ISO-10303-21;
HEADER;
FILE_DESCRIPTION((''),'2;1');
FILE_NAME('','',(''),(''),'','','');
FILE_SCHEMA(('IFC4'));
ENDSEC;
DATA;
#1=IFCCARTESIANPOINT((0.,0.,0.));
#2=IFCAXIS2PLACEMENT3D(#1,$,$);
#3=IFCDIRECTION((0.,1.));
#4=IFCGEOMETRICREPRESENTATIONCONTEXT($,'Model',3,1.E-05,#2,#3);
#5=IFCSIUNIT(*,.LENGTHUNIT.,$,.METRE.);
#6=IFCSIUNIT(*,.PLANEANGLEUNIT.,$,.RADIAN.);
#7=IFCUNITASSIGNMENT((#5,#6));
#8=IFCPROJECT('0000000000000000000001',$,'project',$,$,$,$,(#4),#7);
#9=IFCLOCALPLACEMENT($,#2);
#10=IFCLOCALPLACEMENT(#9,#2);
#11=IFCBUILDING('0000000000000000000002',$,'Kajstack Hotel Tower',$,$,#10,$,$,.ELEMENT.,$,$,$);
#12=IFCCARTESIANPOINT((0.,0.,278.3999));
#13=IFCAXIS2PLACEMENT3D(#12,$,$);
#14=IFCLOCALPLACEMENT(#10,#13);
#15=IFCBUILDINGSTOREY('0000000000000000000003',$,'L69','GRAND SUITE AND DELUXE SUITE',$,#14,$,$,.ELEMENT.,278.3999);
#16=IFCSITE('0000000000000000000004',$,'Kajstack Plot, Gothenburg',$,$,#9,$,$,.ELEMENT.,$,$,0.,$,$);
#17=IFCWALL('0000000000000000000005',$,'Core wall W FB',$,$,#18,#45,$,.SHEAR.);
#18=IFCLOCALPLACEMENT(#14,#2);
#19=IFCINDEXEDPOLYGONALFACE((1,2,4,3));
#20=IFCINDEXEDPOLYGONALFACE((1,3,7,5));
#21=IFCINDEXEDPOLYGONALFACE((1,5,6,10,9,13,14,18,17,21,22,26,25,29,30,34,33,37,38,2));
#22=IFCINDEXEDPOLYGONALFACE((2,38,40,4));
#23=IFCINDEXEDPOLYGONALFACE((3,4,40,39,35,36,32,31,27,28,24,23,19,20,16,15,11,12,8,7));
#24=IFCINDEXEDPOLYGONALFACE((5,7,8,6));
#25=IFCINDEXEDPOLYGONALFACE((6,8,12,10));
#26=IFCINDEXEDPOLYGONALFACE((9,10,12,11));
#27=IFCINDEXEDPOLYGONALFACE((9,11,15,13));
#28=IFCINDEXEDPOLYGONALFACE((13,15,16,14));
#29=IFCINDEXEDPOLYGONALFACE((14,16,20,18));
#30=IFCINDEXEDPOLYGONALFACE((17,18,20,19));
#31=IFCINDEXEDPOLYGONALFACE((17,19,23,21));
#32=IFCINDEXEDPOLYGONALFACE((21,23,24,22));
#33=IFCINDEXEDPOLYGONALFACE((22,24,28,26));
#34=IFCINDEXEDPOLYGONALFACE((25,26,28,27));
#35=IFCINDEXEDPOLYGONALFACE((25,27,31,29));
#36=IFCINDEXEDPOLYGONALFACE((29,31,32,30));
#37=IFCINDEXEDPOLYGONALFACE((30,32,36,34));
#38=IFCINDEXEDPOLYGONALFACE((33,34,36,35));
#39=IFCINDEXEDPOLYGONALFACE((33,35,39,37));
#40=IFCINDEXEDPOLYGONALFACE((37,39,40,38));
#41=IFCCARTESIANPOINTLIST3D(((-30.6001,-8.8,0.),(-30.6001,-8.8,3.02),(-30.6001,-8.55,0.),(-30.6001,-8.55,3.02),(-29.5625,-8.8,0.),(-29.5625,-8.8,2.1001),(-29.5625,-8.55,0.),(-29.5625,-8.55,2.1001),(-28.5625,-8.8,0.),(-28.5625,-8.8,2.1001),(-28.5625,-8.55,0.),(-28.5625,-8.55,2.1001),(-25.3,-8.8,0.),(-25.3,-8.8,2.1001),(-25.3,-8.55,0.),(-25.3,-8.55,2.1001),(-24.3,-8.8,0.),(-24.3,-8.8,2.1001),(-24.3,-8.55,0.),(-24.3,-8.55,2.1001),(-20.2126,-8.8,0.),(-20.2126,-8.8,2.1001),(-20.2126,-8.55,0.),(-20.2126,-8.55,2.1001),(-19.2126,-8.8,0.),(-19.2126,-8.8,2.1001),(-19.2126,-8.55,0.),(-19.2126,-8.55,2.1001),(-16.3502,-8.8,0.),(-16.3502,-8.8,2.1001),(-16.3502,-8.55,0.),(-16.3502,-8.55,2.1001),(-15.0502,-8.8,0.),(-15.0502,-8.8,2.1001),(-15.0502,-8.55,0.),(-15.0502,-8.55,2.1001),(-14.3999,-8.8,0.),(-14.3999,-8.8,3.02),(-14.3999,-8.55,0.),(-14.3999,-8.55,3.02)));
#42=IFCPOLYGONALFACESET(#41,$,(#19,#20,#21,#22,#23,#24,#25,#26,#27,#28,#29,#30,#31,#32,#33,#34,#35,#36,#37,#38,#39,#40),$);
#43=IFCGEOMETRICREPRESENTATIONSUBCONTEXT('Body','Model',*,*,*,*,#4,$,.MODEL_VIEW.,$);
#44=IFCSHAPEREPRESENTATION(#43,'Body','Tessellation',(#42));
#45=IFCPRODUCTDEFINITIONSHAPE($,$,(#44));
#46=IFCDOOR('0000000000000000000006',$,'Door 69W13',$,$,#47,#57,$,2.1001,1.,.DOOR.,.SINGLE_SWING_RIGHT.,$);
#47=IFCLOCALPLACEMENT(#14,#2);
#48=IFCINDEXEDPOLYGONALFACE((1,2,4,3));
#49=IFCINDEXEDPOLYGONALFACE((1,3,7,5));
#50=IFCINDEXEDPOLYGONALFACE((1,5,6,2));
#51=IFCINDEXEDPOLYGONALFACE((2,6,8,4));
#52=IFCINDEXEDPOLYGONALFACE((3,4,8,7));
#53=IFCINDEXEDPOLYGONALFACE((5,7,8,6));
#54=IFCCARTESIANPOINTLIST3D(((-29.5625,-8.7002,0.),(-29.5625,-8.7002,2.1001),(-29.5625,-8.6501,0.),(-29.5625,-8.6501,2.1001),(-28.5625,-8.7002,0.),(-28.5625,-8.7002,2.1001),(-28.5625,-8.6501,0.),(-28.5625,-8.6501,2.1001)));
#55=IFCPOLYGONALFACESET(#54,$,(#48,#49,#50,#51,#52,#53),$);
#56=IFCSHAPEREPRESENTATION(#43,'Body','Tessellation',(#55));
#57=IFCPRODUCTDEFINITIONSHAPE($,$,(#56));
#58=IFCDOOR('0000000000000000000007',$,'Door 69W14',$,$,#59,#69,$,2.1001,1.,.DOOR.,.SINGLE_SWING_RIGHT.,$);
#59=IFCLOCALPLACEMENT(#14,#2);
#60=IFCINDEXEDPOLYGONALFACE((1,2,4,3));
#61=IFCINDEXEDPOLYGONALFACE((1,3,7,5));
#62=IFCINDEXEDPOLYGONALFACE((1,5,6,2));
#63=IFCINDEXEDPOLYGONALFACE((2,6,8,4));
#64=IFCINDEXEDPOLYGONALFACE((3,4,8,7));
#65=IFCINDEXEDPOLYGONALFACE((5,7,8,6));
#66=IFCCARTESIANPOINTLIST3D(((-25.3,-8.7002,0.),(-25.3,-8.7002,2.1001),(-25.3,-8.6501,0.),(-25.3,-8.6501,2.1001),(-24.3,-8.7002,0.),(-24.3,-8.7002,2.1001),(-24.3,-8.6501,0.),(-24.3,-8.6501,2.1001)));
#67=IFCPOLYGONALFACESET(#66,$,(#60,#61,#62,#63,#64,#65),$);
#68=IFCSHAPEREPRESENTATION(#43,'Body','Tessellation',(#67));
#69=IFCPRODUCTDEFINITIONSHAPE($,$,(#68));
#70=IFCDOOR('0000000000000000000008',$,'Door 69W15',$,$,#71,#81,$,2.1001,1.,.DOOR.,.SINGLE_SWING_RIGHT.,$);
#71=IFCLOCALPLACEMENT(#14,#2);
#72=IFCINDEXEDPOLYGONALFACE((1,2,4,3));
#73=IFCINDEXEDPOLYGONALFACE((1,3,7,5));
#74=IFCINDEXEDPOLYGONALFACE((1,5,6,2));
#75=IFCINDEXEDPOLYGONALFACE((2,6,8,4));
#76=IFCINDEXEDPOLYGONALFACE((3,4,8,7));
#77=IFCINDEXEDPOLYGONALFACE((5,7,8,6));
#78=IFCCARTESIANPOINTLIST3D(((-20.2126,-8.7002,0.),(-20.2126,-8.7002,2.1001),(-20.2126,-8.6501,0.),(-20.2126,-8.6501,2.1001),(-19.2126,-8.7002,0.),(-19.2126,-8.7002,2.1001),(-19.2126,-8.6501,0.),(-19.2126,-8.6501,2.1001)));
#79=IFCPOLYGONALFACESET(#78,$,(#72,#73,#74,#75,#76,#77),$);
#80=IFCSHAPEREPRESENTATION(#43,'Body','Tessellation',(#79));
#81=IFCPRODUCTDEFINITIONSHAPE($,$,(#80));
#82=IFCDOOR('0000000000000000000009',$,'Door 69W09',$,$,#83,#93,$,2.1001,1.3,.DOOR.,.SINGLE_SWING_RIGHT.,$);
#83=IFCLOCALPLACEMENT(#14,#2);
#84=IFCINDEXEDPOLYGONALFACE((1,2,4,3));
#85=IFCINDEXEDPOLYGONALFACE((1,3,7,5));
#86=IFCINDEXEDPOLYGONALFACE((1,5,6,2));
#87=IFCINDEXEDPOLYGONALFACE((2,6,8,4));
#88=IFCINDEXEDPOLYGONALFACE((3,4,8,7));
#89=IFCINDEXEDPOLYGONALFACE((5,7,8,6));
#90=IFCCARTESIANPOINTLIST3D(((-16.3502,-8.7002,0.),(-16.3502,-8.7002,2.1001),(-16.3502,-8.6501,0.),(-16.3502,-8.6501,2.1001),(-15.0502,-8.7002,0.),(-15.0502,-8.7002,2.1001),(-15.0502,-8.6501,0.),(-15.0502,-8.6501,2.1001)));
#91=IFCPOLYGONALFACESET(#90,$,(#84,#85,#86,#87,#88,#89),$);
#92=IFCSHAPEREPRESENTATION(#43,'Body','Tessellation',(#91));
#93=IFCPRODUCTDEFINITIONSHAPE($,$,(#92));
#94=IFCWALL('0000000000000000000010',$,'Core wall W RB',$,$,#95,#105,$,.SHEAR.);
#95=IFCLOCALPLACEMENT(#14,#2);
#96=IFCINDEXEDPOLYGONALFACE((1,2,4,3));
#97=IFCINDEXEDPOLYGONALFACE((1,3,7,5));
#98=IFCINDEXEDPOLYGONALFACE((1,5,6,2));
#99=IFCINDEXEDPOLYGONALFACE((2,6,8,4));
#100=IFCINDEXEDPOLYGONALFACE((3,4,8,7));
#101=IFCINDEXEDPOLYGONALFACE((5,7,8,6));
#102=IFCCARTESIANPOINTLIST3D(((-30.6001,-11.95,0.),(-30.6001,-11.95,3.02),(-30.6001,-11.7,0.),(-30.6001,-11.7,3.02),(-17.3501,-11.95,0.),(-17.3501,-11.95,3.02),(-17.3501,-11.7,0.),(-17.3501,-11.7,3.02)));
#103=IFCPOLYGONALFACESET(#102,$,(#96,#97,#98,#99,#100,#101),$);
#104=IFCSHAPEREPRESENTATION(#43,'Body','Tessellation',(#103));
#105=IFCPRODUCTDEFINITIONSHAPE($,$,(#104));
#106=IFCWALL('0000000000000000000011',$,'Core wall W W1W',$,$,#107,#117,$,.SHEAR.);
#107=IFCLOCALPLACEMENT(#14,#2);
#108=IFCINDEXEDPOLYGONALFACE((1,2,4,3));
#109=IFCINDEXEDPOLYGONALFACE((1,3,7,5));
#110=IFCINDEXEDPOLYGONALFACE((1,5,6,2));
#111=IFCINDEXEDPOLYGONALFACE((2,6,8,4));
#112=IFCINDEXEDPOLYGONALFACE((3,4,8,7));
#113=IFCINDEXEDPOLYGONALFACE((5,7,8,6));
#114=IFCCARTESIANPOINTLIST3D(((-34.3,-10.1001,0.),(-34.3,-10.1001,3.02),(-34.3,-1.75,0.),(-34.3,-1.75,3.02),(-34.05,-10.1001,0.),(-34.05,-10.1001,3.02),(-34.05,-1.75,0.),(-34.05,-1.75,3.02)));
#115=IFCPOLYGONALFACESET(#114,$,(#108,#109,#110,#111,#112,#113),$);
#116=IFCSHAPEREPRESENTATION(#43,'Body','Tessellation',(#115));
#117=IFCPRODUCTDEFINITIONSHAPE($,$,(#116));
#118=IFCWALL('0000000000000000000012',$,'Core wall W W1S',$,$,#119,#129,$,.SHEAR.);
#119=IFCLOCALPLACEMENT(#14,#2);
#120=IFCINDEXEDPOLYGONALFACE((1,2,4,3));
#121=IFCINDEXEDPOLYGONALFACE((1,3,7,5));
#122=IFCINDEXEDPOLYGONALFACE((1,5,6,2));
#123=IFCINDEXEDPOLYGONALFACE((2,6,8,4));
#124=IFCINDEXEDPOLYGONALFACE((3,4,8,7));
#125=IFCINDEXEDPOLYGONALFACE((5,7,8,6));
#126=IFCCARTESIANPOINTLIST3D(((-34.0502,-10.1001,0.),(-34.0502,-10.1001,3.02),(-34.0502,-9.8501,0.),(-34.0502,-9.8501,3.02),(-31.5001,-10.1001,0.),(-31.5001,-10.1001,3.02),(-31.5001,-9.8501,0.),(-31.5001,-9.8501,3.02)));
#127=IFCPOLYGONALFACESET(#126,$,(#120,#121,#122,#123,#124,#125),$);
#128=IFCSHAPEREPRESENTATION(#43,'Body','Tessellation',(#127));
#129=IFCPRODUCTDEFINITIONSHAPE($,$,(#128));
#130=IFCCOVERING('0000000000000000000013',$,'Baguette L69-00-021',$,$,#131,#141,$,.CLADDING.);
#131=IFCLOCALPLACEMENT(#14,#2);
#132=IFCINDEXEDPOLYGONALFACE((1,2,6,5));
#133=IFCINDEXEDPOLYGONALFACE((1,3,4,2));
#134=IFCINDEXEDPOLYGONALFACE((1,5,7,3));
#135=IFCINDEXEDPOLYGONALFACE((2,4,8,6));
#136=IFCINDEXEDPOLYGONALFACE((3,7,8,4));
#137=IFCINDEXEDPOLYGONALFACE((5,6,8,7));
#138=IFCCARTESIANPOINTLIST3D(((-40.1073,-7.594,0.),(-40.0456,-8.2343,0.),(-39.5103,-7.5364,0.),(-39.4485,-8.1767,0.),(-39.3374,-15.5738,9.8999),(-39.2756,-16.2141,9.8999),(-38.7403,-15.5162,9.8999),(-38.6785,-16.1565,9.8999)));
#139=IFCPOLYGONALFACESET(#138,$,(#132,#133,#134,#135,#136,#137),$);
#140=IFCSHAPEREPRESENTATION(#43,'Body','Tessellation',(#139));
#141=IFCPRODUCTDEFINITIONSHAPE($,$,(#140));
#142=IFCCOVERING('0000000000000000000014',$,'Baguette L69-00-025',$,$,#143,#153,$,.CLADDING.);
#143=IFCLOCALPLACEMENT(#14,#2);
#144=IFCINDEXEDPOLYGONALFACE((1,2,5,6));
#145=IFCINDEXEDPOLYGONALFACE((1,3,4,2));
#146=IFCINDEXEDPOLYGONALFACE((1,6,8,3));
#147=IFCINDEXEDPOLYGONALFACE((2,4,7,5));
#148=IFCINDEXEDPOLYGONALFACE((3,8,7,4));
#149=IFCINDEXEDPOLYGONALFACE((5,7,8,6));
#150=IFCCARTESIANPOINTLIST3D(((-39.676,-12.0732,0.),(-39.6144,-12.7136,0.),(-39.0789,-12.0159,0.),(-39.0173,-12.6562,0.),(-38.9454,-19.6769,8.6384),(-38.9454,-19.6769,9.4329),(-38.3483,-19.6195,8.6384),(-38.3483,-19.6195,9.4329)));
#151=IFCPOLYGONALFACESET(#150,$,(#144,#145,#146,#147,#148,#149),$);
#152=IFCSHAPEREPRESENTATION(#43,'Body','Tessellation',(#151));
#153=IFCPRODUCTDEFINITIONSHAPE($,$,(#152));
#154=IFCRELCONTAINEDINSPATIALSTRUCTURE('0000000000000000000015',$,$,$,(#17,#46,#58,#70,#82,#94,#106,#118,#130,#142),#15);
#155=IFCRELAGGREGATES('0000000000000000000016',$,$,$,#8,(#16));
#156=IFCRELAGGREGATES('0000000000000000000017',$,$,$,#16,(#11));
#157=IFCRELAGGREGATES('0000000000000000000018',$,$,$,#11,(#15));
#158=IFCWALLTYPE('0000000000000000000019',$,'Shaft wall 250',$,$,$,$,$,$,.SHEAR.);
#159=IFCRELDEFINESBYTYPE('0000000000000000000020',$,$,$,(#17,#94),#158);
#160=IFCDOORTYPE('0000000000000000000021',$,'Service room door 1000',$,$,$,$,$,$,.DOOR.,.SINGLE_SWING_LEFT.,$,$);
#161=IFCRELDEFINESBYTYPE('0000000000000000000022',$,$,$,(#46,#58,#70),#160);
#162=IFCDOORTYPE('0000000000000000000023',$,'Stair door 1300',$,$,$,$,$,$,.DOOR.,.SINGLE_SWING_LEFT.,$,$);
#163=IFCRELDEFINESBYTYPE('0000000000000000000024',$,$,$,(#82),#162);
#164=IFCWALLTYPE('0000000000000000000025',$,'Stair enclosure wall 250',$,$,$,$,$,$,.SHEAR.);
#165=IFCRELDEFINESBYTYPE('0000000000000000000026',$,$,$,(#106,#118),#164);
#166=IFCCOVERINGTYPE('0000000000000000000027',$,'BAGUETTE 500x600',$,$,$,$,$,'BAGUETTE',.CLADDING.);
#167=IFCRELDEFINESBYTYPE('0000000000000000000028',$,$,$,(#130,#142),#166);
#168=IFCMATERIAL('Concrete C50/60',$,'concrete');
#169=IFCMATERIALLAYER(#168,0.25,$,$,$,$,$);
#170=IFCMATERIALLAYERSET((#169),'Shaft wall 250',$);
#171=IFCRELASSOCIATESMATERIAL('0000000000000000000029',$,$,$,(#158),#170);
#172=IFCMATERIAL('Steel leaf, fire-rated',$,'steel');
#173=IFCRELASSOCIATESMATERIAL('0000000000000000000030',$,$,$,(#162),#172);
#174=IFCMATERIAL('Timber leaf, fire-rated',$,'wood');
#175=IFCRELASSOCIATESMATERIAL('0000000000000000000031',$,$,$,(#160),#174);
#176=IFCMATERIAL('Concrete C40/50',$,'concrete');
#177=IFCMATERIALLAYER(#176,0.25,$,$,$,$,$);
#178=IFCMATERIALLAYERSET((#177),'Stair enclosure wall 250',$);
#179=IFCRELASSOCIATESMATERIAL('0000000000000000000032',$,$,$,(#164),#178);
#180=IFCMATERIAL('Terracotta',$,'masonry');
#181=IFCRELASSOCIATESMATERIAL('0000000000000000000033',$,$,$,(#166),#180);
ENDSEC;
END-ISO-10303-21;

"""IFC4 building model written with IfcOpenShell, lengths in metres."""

from ifc_helpers import new_model, si_unit, direction, frame, frame_2d, origin, origin_2d, place, context, subcontext, project, spatial, polyline, rectangle, outline, extrude, material, layer, layer_set, material_profile, profile_set, type_object, element, fill, save


model = new_model("IFC4")

# Units and contexts
model_context = context("Model", 3, precision=1e-05, world=origin(), true_north=direction((0.0, 1.0)))
body_context = subcontext(model_context, "Body", "Model", "MODEL_VIEW")
ifc_project = project(units=[si_unit("LENGTHUNIT", "METRE"), si_unit("PLANEANGLEUNIT", "RADIAN")], contexts=[model_context])

# Site, building, storey
site_placement = place(None, origin())
site = spatial("IfcSite", under=ifc_project, at=site_placement, Name="Kajstack Plot, Gothenburg", CompositionType="ELEMENT", RefElevation=0.0)
building_placement = place(site_placement, origin())
building = spatial("IfcBuilding", under=site, at=building_placement, Name="Kajstack Hotel Tower", CompositionType="ELEMENT")
storey_placement = place(building_placement, frame((0.0, 0.0, 278.3999)))
storey = spatial("IfcBuildingStorey", under=building, at=storey_placement, Name="L69", Description="GRAND SUITE AND DELUXE SUITE", CompositionType="ELEMENT", Elevation=278.3999)

# Wall, openings, doors
ifc_material_1 = material(Name="Concrete C50/60", Category="concrete")
ifc_layer_1 = layer(ifc_material_1, 0.25)
ifc_layer_set_1 = layer_set([ifc_layer_1], Name="Shaft wall 250")
wall_type_1 = type_object("IfcWallType", Name="Shaft wall 250", PredefinedType="SHEAR", material=ifc_layer_set_1)
ifc_material_2 = material(Name="Timber leaf, fire-rated", Category="wood")
ifc_material_3 = material(Name="Steel leaf, fire-rated", Category="steel")
door_type_1 = type_object("IfcDoorType", Name="Stair door 1300", OperationType="SINGLE_SWING_LEFT", PredefinedType="DOOR", material=ifc_material_3)
wall_1_placement = place(storey_placement, frame((-30.6001, -8.675, 0.0), z_axis=(0.0, 0.0, 1.0), x_axis=(1.0, 0.0, 0.0)))
wall_1 = element("IfcWall", 1, at=wall_1_placement, inside=storey, type_object=wall_type_1, Name="Core wall W FB", PredefinedType="SHEAR", context=body_context, shape_type="SweptSolid", body=[
    extrude(rectangle(XDim=16.2002, YDim=0.25, at=frame_2d((8.1001, 0.0))), origin(), (0.0, 0.0, 1.0), 3.02),
])
opening_1_placement = place(wall_1_placement, frame((14.25, 0.0, 0.0)))
opening_1 = element("IfcOpeningElement", 2, at=opening_1_placement, cuts=wall_1, PredefinedType="OPENING", context=body_context, shape_type="SweptSolid", body=[
    extrude(rectangle(XDim=1.3, YDim=2.1001, at=frame_2d((0.6499, 1.05))), frame((0.0, 0.135, 0.0), z_axis=(0.0, -1.0, 0.0), x_axis=(1.0, 0.0, 0.0)), (0.0, 0.0, 1.0), 0.27),
])
opening_2_placement = place(wall_1_placement, frame((1.0376, 0.0, 0.0)))
opening_2 = element("IfcOpeningElement", 3, at=opening_2_placement, cuts=wall_1, PredefinedType="OPENING", context=body_context, shape_type="SweptSolid", body=[
    extrude(rectangle(XDim=1.0, YDim=2.1001, at=frame_2d((0.5, 1.05))), frame((0.0, 0.135, 0.0), z_axis=(0.0, -1.0, 0.0), x_axis=(1.0, 0.0, 0.0)), (0.0, 0.0, 1.0), 0.27),
])
opening_3_placement = place(wall_1_placement, frame((5.3, 0.0, 0.0)))
opening_3 = element("IfcOpeningElement", 4, at=opening_3_placement, cuts=wall_1, PredefinedType="OPENING", context=body_context, shape_type="SweptSolid", body=[
    extrude(rectangle(XDim=1.0, YDim=2.1001, at=frame_2d((0.5, 1.05))), frame((0.0, 0.135, 0.0), z_axis=(0.0, -1.0, 0.0), x_axis=(1.0, 0.0, 0.0)), (0.0, 0.0, 1.0), 0.27),
])
opening_4_placement = place(wall_1_placement, frame((10.3875, 0.0, 0.0)))
opening_4 = element("IfcOpeningElement", 5, at=opening_4_placement, cuts=wall_1, PredefinedType="OPENING", context=body_context, shape_type="SweptSolid", body=[
    extrude(rectangle(XDim=1.0, YDim=2.1001, at=frame_2d((0.5, 1.05))), frame((0.0, 0.135, 0.0), z_axis=(0.0, -1.0, 0.0), x_axis=(1.0, 0.0, 0.0)), (0.0, 0.0, 1.0), 0.27),
])
door_type_2 = type_object("IfcDoorType", Name="Service room door 1000", OperationType="SINGLE_SWING_LEFT", PredefinedType="DOOR", material=ifc_material_2)
door_1_placement = place(opening_2_placement, origin())
door_1 = element("IfcDoor", 6, at=door_1_placement, inside=storey, type_object=door_type_2, Name="Door 69W13", OperationType="SINGLE_SWING_RIGHT", OverallHeight=2.1001, OverallWidth=1.0, PredefinedType="DOOR", context=body_context, shape_type="SweptSolid", body=[
    extrude(rectangle(XDim=1.0, YDim=2.1001, at=frame_2d((0.5, 1.05))), frame((0.0, 0.0249, 0.0), z_axis=(0.0, -1.0, 0.0), x_axis=(1.0, 0.0, 0.0)), (0.0, 0.0, 1.0), 0.05),
])
fill(opening_2, door_1)
door_2_placement = place(opening_3_placement, origin())
door_2 = element("IfcDoor", 7, at=door_2_placement, inside=storey, type_object=door_type_2, Name="Door 69W14", OperationType="SINGLE_SWING_RIGHT", OverallHeight=2.1001, OverallWidth=1.0, PredefinedType="DOOR", context=body_context, shape_type="SweptSolid", body=[
    extrude(rectangle(XDim=1.0, YDim=2.1001, at=frame_2d((0.5, 1.05))), frame((0.0, 0.0249, 0.0), z_axis=(0.0, -1.0, 0.0), x_axis=(1.0, 0.0, 0.0)), (0.0, 0.0, 1.0), 0.05),
])
fill(opening_3, door_2)
door_3_placement = place(opening_4_placement, origin())
door_3 = element("IfcDoor", 8, at=door_3_placement, inside=storey, type_object=door_type_2, Name="Door 69W15", OperationType="SINGLE_SWING_RIGHT", OverallHeight=2.1001, OverallWidth=1.0, PredefinedType="DOOR", context=body_context, shape_type="SweptSolid", body=[
    extrude(rectangle(XDim=1.0, YDim=2.1001, at=frame_2d((0.5, 1.05))), frame((0.0, 0.0249, 0.0), z_axis=(0.0, -1.0, 0.0), x_axis=(1.0, 0.0, 0.0)), (0.0, 0.0, 1.0), 0.05),
])
fill(opening_4, door_3)
door_4_placement = place(opening_1_placement, origin())
door_4 = element("IfcDoor", 9, at=door_4_placement, inside=storey, type_object=door_type_1, Name="Door 69W09", OperationType="SINGLE_SWING_RIGHT", OverallHeight=2.1001, OverallWidth=1.3, PredefinedType="DOOR", context=body_context, shape_type="SweptSolid", body=[
    extrude(rectangle(XDim=1.3, YDim=2.1001, at=frame_2d((0.6499, 1.05))), frame((0.0, 0.0249, 0.0), z_axis=(0.0, -1.0, 0.0), x_axis=(1.0, 0.0, 0.0)), (0.0, 0.0, 1.0), 0.05),
])
fill(opening_1, door_4)

# Walls
wall_2_placement = place(storey_placement, frame((-30.6001, -11.825, 0.0), z_axis=(0.0, 0.0, 1.0), x_axis=(1.0, 0.0, 0.0)))
element("IfcWall", 10, at=wall_2_placement, inside=storey, type_object=wall_type_1, Name="Core wall W RB", PredefinedType="SHEAR", context=body_context, shape_type="SweptSolid", body=[
    extrude(rectangle(XDim=13.25, YDim=0.25, at=frame_2d((6.625, 0.0))), origin(), (0.0, 0.0, 1.0), 3.02),
])
ifc_material_4 = material(Name="Concrete C40/50", Category="concrete")
ifc_layer_2 = layer(ifc_material_4, 0.25)
ifc_layer_set_2 = layer_set([ifc_layer_2], Name="Stair enclosure wall 250")
wall_type_2 = type_object("IfcWallType", Name="Stair enclosure wall 250", PredefinedType="SHEAR", material=ifc_layer_set_2)
wall_3_placement = place(storey_placement, frame((-34.175, -10.1001, 0.0), z_axis=(0.0, 0.0, 1.0), x_axis=(0.0, 1.0, 0.0)))
element("IfcWall", 11, at=wall_3_placement, inside=storey, type_object=wall_type_2, Name="Core wall W W1W", PredefinedType="SHEAR", context=body_context, shape_type="SweptSolid", body=[
    extrude(rectangle(XDim=8.3501, YDim=0.25, at=frame_2d((4.175, 0.0))), origin(), (0.0, 0.0, 1.0), 3.02),
])
wall_4_placement = place(storey_placement, frame((-34.05, -9.9751, 0.0), z_axis=(0.0, 0.0, 1.0), x_axis=(1.0, 0.0, 0.0)))
element("IfcWall", 12, at=wall_4_placement, inside=storey, type_object=wall_type_2, Name="Core wall W W1S", PredefinedType="SHEAR", context=body_context, shape_type="SweptSolid", body=[
    extrude(rectangle(XDim=2.55, YDim=0.25, at=frame_2d((1.2749, 0.0))), origin(), (0.0, 0.0, 1.0), 3.02),
])

# Coverings
ifc_material_5 = material(Name="Terracotta", Category="masonry")
ifc_material_profile = material_profile(ifc_material_5, rectangle(XDim=0.6001, YDim=0.5, at=origin_2d()), Name="Terracotta-clad concrete baguette 500 x 600")
ifc_profile_set = profile_set([ifc_material_profile], Name="Terracotta")
covering_type = type_object("IfcCoveringType", Name="BAGUETTE 500x600", ElementType="BAGUETTE", PredefinedType="CLADDING", material=ifc_profile_set)
covering_1_placement = place(storey_placement, frame((-39.5103, -7.5364, 0.0), z_axis=(-0.995378, -0.096038, 0.0), x_axis=(0.096038, -0.995378, 0.0)))
element("IfcCovering", 13, at=covering_1_placement, inside=storey, type_object=covering_type, Name="Baguette L69-00-021", PredefinedType="CLADDING", context=body_context, shape_type="SweptSolid", body=[
    extrude(outline(polyline([(8.0168, 9.8999), (0.0, 0.0), (0.6433, 0.0), (8.6602, 9.8999), (8.0168, 9.8999)])), origin(), (0.0, 0.0, 1.0), 0.5999),
])
covering_2_placement = place(storey_placement, frame((-39.0789, -12.0159, 0.0), z_axis=(-0.995416, -0.095635, 0.0), x_axis=(0.095635, -0.995416, 0.0)))
element("IfcCovering", 14, at=covering_2_placement, inside=storey, type_object=covering_type, Name="Baguette L69-00-025", PredefinedType="CLADDING", context=body_context, shape_type="SweptSolid", body=[
    extrude(outline(polyline([(0.6433, 0.0), (7.6387, 8.6384), (7.6387, 9.4329), (0.0, 0.0), (0.6433, 0.0)])), origin(), (0.0, 0.0, 1.0), 0.5999),
])

save(model, "model.ifc")
